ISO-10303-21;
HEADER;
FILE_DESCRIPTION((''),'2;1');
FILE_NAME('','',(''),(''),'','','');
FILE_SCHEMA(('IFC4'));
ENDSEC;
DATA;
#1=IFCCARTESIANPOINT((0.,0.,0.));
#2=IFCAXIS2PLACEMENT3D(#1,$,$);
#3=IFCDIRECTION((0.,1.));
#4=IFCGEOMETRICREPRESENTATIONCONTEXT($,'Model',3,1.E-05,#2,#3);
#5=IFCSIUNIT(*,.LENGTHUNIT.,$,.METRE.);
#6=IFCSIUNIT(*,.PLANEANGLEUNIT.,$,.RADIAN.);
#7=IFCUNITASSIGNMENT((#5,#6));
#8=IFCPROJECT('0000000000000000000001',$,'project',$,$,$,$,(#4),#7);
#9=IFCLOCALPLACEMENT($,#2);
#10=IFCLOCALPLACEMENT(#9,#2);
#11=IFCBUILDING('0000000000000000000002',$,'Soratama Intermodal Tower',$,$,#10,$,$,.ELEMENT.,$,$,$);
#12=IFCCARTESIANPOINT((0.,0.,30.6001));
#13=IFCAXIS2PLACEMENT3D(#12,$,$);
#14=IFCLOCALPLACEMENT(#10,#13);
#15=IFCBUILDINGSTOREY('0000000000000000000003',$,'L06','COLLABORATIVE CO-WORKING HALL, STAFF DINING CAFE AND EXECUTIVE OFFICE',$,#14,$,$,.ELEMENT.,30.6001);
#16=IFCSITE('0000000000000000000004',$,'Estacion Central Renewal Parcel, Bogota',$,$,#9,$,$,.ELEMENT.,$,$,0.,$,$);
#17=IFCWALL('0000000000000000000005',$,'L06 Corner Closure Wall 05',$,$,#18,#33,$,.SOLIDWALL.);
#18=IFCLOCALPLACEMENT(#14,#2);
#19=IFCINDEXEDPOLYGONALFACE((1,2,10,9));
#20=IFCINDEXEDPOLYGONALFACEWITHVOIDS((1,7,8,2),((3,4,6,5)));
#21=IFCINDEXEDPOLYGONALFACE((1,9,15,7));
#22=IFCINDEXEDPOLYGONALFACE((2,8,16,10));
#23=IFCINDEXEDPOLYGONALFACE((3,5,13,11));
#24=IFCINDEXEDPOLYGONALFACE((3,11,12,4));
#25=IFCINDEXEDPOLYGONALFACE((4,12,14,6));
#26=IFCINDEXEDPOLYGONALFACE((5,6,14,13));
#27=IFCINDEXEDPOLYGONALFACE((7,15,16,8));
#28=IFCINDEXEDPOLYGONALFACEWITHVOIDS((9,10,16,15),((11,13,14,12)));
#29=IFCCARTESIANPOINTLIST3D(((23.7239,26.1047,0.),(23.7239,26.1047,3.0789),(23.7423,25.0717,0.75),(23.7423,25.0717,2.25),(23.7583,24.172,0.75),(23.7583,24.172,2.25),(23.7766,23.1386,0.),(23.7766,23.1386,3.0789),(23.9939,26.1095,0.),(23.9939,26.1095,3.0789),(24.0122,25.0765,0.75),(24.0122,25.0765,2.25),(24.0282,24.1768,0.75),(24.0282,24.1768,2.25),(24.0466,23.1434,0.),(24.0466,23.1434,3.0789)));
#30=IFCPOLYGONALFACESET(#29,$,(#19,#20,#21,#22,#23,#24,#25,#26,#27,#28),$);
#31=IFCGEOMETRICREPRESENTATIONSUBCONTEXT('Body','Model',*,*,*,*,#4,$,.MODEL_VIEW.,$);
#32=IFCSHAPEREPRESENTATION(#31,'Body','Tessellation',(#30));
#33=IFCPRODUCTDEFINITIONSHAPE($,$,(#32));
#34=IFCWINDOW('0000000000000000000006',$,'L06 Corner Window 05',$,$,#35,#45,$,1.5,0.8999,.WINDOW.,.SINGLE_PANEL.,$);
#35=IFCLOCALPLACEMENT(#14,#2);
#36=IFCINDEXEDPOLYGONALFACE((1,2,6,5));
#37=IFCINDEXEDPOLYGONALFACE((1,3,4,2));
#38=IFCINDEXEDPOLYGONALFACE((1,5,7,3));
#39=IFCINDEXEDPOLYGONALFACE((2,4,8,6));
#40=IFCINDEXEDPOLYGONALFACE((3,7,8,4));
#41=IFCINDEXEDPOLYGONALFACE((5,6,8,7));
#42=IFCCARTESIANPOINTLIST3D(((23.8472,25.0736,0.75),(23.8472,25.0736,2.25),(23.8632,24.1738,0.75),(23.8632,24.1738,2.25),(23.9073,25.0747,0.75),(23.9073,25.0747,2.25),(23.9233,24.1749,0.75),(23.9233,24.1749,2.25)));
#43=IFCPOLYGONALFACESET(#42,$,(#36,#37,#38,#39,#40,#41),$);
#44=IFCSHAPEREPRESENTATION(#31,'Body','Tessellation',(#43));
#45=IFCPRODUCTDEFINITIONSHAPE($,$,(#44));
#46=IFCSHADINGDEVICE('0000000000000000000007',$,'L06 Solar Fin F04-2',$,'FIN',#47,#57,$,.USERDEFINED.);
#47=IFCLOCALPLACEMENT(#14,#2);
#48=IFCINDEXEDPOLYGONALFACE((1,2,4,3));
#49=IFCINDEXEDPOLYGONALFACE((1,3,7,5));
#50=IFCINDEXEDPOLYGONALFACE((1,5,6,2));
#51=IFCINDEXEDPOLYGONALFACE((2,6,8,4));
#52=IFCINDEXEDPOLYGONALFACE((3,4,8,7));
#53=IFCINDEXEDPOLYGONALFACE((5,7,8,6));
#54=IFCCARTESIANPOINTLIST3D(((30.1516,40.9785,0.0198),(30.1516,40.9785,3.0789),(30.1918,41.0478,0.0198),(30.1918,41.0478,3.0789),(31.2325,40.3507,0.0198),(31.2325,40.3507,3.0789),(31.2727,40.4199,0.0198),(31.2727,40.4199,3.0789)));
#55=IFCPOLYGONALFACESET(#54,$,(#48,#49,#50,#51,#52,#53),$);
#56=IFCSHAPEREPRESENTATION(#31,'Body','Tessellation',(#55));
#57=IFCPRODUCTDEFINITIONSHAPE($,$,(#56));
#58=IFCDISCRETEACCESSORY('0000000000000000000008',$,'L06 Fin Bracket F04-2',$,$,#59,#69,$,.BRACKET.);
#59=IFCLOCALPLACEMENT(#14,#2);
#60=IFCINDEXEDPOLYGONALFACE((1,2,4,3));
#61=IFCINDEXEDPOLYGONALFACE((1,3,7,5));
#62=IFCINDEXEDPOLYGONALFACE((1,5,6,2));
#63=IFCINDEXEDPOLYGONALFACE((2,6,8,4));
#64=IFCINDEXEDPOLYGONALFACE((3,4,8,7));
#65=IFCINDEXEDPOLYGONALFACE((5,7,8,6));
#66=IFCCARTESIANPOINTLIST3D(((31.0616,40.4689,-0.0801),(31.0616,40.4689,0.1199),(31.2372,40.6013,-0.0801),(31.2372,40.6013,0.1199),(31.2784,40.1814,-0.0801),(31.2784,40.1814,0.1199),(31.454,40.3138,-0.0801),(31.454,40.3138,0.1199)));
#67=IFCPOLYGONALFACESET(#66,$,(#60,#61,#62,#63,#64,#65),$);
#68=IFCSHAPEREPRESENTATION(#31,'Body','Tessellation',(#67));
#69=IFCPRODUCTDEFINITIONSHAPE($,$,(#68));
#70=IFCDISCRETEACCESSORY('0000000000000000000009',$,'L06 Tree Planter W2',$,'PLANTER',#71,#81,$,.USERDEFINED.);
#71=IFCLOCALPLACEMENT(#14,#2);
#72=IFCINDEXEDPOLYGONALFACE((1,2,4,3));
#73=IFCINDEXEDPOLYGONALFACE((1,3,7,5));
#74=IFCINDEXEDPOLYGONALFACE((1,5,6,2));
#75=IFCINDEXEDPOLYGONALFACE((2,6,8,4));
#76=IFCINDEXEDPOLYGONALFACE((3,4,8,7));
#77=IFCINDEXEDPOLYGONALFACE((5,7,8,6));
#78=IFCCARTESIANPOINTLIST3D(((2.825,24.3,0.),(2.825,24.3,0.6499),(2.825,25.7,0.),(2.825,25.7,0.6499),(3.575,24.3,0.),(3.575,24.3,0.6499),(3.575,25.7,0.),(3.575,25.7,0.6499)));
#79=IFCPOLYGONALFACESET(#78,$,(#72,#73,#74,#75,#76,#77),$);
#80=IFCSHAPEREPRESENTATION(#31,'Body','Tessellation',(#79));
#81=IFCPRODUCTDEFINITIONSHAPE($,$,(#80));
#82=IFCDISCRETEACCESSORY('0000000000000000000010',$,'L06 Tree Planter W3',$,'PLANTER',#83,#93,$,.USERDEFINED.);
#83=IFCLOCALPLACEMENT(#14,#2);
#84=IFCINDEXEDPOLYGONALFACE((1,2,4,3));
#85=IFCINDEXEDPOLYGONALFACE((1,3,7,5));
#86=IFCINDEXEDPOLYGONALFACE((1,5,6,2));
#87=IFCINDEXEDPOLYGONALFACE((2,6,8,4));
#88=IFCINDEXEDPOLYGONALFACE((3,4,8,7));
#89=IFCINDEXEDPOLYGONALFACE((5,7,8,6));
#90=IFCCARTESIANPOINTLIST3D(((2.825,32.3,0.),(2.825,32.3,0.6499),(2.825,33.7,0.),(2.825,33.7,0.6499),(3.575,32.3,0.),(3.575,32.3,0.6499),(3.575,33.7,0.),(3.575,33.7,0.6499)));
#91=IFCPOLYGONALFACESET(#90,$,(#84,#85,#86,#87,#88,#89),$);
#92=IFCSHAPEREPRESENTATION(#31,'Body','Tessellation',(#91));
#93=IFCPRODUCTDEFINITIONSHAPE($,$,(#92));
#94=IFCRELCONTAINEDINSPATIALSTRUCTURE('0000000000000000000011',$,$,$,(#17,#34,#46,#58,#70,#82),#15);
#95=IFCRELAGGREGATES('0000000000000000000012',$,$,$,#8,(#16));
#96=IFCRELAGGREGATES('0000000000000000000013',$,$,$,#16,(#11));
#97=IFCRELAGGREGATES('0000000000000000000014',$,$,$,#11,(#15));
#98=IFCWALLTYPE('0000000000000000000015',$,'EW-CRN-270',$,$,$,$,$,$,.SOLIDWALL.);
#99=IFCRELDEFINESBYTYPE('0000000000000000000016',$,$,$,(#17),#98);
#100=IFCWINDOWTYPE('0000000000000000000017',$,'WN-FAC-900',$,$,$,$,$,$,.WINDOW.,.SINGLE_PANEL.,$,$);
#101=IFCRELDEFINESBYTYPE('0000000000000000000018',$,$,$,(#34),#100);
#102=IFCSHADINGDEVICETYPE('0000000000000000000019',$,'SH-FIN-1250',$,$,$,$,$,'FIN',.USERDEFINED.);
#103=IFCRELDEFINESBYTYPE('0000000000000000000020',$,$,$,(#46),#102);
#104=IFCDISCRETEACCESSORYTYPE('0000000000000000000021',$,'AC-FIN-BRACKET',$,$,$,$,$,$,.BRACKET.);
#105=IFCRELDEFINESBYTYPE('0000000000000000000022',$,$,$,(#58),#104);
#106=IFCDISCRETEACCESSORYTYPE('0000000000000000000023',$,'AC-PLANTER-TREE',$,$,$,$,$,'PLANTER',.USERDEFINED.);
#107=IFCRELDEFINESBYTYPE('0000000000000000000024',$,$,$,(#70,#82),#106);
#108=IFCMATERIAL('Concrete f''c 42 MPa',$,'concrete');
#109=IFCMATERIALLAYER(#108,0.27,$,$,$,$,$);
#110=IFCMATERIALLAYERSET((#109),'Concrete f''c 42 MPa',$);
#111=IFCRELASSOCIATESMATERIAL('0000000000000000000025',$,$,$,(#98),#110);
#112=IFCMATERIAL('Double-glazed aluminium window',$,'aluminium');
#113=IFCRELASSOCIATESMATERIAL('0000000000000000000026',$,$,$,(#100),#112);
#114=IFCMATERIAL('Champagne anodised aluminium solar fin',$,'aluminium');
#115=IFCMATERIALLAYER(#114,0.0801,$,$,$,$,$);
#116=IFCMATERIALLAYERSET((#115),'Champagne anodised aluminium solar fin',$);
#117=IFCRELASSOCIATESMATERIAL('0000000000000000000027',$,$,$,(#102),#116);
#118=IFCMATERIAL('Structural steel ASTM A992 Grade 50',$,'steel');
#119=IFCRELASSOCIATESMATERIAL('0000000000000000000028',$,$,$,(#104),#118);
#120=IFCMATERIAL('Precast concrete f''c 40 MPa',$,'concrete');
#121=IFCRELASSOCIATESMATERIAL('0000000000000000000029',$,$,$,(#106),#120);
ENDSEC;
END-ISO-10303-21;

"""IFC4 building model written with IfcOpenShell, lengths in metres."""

from ifc_helpers import new_model, si_unit, direction, frame, frame_2d, origin, origin_2d, place, context, subcontext, project, spatial, rectangle, extrude, material, layer, layer_set, type_object, element, fill, save


model = new_model("IFC4")

# Units and contexts
model_context = context("Model", 3, precision=1e-05, world=origin(), true_north=direction((0.0, 1.0)))
body_context = subcontext(model_context, "Body", "Model", "MODEL_VIEW")
ifc_project = project(units=[si_unit("LENGTHUNIT", "METRE"), si_unit("PLANEANGLEUNIT", "RADIAN")], contexts=[model_context])

# Site, building, storey
site_placement = place(None, origin())
site = spatial("IfcSite", under=ifc_project, at=site_placement, Name="Estacion Central Renewal Parcel, Bogota", CompositionType="ELEMENT", RefElevation=0.0)
building_placement = place(site_placement, origin())
building = spatial("IfcBuilding", under=site, at=building_placement, Name="Soratama Intermodal Tower", CompositionType="ELEMENT")
storey_placement = place(building_placement, frame((0.0, 0.0, 30.6001)))
storey = spatial("IfcBuildingStorey", under=building, at=storey_placement, Name="L06", Description="COLLABORATIVE CO-WORKING HALL, STAFF DINING CAFE AND EXECUTIVE OFFICE", CompositionType="ELEMENT", Elevation=30.6001)

# Wall, opening, window
ifc_material_1 = material(Name="Concrete f'c 42 MPa", Category="concrete")
ifc_layer_1 = layer(ifc_material_1, 0.27)
ifc_layer_set_1 = layer_set([ifc_layer_1], Name="Concrete f'c 42 MPa")
wall_type_1 = type_object("IfcWallType", Name="EW-CRN-270", PredefinedType="SOLIDWALL", material=ifc_layer_set_1)
ifc_material_2 = material(Name="Double-glazed aluminium window", Category="aluminium")
window_type = type_object("IfcWindowType", Name="WN-FAC-900", PartitioningType="SINGLE_PANEL", PredefinedType="WINDOW", material=ifc_material_2)
wall_1_placement = place(storey_placement, frame((23.8589, 26.1072, 0.0), z_axis=(0.0, 0.0, 1.0), x_axis=(0.017776, -0.999842, 0.0)))
wall_1 = element("IfcWall", 1, at=wall_1_placement, inside=storey, type_object=wall_type_1, Name="L06 Corner Closure Wall 05", PredefinedType="SOLIDWALL", context=body_context, shape_type="SweptSolid", body=[
    extrude(rectangle(XDim=2.9666, YDim=0.27, at=frame_2d((1.4834, 0.0))), origin(), (0.0, 0.0, 1.0), 3.0789),
])
opening_1_placement = place(wall_1_placement, frame((1.0332, 0.0, 0.75)))
opening_1 = element("IfcOpeningElement", 2, at=opening_1_placement, cuts=wall_1, PredefinedType="OPENING", context=body_context, shape_type="SweptSolid", body=[
    extrude(rectangle(XDim=0.8999, YDim=1.5, at=frame_2d((0.45, 0.75))), frame((0.0, 0.145, 0.0), z_axis=(0.0, -1.0, 0.0), x_axis=(1.0, 0.0, 0.0)), (0.0, 0.0, 1.0), 0.29),
])
window_1_placement = place(opening_1_placement, origin())
window_1 = element("IfcWindow", 3, at=window_1_placement, inside=storey, type_object=window_type, Name="L06 Corner Window 05", OverallHeight=1.5, OverallWidth=0.8999, PartitioningType="SINGLE_PANEL", PredefinedType="WINDOW", context=body_context, shape_type="SweptSolid", body=[
    extrude(rectangle(XDim=0.8999, YDim=1.5, at=frame_2d((0.45, 0.75))), frame((0.0, 0.03, 0.0), z_axis=(0.0, -1.0, 0.0), x_axis=(1.0, 0.0, 0.0)), (0.0, 0.0, 1.0), 0.0601),
])
fill(opening_1, window_1)

# Shading device
ifc_material_3 = material(Name="Champagne anodised aluminium solar fin", Category="aluminium")
ifc_layer_2 = layer(ifc_material_3, 0.0801)
ifc_layer_set_2 = layer_set([ifc_layer_2], Name="Champagne anodised aluminium solar fin")
shading_device_type = type_object("IfcShadingDeviceType", Name="SH-FIN-1250", ElementType="FIN", PredefinedType="USERDEFINED", material=ifc_layer_set_2)
shading_device_placement = place(storey_placement, frame((30.7122, 40.6992, 0.0198), z_axis=(0.0, 0.0, 1.0), x_axis=(-0.864713, 0.502266, 0.0)))
element("IfcShadingDevice", 4, at=shading_device_placement, inside=storey, type_object=shading_device_type, Name="L06 Solar Fin F04-2", ObjectType="FIN", PredefinedType="USERDEFINED", context=body_context, shape_type="SweptSolid", body=[
    extrude(rectangle(XDim=1.25, YDim=0.0801, at=origin_2d()), origin(), (0.0, 0.0, 1.0), 3.0591),
])

# Discrete accessories
ifc_material_4 = material(Name="Structural steel ASTM A992 Grade 50", Category="steel")
discrete_accessory_type_1 = type_object("IfcDiscreteAccessoryType", Name="AC-FIN-BRACKET", PredefinedType="BRACKET", material=ifc_material_4)
discrete_accessory_placement = place(storey_placement, frame((31.2578, 40.3914, -0.0801), z_axis=(0.0, 0.0, 1.0), x_axis=(-0.602094, 0.798425, 0.0)))
element("IfcDiscreteAccessory", 5, at=discrete_accessory_placement, inside=storey, type_object=discrete_accessory_type_1, Name="L06 Fin Bracket F04-2", PredefinedType="BRACKET", context=body_context, shape_type="SweptSolid", body=[
    extrude(rectangle(XDim=0.3601, YDim=0.22, at=origin_2d()), origin(), (0.0, 0.0, 1.0), 0.2),
])
ifc_material_5 = material(Name="Precast concrete f'c 40 MPa", Category="concrete")
discrete_accessory_type_2 = type_object("IfcDiscreteAccessoryType", Name="AC-PLANTER-TREE", ElementType="PLANTER", PredefinedType="USERDEFINED", material=ifc_material_5)
for number, where, z_axis, x_axis, name in (
    (6, (3.2, 25.0, 0.0), (0.0, 0.0, 1.0), (1.0, 0.0, 0.0), "L06 Tree Planter W2"),
    (7, (3.2, 33.0, 0.0), (0.0, 0.0, 1.0), (1.0, 0.0, 0.0), "L06 Tree Planter W3"),
):
    element("IfcDiscreteAccessory", number, at=place(storey_placement, frame(where, z_axis=z_axis, x_axis=x_axis)), inside=storey, type_object=discrete_accessory_type_2, Name=name, ObjectType="PLANTER", PredefinedType="USERDEFINED", context=body_context, shape_type="SweptSolid", body=[
        extrude(rectangle(XDim=0.75, YDim=1.3999, at=origin_2d()), origin(), (0.0, 0.0, 1.0), 0.6499),
    ])

save(model, "model.ifc")
